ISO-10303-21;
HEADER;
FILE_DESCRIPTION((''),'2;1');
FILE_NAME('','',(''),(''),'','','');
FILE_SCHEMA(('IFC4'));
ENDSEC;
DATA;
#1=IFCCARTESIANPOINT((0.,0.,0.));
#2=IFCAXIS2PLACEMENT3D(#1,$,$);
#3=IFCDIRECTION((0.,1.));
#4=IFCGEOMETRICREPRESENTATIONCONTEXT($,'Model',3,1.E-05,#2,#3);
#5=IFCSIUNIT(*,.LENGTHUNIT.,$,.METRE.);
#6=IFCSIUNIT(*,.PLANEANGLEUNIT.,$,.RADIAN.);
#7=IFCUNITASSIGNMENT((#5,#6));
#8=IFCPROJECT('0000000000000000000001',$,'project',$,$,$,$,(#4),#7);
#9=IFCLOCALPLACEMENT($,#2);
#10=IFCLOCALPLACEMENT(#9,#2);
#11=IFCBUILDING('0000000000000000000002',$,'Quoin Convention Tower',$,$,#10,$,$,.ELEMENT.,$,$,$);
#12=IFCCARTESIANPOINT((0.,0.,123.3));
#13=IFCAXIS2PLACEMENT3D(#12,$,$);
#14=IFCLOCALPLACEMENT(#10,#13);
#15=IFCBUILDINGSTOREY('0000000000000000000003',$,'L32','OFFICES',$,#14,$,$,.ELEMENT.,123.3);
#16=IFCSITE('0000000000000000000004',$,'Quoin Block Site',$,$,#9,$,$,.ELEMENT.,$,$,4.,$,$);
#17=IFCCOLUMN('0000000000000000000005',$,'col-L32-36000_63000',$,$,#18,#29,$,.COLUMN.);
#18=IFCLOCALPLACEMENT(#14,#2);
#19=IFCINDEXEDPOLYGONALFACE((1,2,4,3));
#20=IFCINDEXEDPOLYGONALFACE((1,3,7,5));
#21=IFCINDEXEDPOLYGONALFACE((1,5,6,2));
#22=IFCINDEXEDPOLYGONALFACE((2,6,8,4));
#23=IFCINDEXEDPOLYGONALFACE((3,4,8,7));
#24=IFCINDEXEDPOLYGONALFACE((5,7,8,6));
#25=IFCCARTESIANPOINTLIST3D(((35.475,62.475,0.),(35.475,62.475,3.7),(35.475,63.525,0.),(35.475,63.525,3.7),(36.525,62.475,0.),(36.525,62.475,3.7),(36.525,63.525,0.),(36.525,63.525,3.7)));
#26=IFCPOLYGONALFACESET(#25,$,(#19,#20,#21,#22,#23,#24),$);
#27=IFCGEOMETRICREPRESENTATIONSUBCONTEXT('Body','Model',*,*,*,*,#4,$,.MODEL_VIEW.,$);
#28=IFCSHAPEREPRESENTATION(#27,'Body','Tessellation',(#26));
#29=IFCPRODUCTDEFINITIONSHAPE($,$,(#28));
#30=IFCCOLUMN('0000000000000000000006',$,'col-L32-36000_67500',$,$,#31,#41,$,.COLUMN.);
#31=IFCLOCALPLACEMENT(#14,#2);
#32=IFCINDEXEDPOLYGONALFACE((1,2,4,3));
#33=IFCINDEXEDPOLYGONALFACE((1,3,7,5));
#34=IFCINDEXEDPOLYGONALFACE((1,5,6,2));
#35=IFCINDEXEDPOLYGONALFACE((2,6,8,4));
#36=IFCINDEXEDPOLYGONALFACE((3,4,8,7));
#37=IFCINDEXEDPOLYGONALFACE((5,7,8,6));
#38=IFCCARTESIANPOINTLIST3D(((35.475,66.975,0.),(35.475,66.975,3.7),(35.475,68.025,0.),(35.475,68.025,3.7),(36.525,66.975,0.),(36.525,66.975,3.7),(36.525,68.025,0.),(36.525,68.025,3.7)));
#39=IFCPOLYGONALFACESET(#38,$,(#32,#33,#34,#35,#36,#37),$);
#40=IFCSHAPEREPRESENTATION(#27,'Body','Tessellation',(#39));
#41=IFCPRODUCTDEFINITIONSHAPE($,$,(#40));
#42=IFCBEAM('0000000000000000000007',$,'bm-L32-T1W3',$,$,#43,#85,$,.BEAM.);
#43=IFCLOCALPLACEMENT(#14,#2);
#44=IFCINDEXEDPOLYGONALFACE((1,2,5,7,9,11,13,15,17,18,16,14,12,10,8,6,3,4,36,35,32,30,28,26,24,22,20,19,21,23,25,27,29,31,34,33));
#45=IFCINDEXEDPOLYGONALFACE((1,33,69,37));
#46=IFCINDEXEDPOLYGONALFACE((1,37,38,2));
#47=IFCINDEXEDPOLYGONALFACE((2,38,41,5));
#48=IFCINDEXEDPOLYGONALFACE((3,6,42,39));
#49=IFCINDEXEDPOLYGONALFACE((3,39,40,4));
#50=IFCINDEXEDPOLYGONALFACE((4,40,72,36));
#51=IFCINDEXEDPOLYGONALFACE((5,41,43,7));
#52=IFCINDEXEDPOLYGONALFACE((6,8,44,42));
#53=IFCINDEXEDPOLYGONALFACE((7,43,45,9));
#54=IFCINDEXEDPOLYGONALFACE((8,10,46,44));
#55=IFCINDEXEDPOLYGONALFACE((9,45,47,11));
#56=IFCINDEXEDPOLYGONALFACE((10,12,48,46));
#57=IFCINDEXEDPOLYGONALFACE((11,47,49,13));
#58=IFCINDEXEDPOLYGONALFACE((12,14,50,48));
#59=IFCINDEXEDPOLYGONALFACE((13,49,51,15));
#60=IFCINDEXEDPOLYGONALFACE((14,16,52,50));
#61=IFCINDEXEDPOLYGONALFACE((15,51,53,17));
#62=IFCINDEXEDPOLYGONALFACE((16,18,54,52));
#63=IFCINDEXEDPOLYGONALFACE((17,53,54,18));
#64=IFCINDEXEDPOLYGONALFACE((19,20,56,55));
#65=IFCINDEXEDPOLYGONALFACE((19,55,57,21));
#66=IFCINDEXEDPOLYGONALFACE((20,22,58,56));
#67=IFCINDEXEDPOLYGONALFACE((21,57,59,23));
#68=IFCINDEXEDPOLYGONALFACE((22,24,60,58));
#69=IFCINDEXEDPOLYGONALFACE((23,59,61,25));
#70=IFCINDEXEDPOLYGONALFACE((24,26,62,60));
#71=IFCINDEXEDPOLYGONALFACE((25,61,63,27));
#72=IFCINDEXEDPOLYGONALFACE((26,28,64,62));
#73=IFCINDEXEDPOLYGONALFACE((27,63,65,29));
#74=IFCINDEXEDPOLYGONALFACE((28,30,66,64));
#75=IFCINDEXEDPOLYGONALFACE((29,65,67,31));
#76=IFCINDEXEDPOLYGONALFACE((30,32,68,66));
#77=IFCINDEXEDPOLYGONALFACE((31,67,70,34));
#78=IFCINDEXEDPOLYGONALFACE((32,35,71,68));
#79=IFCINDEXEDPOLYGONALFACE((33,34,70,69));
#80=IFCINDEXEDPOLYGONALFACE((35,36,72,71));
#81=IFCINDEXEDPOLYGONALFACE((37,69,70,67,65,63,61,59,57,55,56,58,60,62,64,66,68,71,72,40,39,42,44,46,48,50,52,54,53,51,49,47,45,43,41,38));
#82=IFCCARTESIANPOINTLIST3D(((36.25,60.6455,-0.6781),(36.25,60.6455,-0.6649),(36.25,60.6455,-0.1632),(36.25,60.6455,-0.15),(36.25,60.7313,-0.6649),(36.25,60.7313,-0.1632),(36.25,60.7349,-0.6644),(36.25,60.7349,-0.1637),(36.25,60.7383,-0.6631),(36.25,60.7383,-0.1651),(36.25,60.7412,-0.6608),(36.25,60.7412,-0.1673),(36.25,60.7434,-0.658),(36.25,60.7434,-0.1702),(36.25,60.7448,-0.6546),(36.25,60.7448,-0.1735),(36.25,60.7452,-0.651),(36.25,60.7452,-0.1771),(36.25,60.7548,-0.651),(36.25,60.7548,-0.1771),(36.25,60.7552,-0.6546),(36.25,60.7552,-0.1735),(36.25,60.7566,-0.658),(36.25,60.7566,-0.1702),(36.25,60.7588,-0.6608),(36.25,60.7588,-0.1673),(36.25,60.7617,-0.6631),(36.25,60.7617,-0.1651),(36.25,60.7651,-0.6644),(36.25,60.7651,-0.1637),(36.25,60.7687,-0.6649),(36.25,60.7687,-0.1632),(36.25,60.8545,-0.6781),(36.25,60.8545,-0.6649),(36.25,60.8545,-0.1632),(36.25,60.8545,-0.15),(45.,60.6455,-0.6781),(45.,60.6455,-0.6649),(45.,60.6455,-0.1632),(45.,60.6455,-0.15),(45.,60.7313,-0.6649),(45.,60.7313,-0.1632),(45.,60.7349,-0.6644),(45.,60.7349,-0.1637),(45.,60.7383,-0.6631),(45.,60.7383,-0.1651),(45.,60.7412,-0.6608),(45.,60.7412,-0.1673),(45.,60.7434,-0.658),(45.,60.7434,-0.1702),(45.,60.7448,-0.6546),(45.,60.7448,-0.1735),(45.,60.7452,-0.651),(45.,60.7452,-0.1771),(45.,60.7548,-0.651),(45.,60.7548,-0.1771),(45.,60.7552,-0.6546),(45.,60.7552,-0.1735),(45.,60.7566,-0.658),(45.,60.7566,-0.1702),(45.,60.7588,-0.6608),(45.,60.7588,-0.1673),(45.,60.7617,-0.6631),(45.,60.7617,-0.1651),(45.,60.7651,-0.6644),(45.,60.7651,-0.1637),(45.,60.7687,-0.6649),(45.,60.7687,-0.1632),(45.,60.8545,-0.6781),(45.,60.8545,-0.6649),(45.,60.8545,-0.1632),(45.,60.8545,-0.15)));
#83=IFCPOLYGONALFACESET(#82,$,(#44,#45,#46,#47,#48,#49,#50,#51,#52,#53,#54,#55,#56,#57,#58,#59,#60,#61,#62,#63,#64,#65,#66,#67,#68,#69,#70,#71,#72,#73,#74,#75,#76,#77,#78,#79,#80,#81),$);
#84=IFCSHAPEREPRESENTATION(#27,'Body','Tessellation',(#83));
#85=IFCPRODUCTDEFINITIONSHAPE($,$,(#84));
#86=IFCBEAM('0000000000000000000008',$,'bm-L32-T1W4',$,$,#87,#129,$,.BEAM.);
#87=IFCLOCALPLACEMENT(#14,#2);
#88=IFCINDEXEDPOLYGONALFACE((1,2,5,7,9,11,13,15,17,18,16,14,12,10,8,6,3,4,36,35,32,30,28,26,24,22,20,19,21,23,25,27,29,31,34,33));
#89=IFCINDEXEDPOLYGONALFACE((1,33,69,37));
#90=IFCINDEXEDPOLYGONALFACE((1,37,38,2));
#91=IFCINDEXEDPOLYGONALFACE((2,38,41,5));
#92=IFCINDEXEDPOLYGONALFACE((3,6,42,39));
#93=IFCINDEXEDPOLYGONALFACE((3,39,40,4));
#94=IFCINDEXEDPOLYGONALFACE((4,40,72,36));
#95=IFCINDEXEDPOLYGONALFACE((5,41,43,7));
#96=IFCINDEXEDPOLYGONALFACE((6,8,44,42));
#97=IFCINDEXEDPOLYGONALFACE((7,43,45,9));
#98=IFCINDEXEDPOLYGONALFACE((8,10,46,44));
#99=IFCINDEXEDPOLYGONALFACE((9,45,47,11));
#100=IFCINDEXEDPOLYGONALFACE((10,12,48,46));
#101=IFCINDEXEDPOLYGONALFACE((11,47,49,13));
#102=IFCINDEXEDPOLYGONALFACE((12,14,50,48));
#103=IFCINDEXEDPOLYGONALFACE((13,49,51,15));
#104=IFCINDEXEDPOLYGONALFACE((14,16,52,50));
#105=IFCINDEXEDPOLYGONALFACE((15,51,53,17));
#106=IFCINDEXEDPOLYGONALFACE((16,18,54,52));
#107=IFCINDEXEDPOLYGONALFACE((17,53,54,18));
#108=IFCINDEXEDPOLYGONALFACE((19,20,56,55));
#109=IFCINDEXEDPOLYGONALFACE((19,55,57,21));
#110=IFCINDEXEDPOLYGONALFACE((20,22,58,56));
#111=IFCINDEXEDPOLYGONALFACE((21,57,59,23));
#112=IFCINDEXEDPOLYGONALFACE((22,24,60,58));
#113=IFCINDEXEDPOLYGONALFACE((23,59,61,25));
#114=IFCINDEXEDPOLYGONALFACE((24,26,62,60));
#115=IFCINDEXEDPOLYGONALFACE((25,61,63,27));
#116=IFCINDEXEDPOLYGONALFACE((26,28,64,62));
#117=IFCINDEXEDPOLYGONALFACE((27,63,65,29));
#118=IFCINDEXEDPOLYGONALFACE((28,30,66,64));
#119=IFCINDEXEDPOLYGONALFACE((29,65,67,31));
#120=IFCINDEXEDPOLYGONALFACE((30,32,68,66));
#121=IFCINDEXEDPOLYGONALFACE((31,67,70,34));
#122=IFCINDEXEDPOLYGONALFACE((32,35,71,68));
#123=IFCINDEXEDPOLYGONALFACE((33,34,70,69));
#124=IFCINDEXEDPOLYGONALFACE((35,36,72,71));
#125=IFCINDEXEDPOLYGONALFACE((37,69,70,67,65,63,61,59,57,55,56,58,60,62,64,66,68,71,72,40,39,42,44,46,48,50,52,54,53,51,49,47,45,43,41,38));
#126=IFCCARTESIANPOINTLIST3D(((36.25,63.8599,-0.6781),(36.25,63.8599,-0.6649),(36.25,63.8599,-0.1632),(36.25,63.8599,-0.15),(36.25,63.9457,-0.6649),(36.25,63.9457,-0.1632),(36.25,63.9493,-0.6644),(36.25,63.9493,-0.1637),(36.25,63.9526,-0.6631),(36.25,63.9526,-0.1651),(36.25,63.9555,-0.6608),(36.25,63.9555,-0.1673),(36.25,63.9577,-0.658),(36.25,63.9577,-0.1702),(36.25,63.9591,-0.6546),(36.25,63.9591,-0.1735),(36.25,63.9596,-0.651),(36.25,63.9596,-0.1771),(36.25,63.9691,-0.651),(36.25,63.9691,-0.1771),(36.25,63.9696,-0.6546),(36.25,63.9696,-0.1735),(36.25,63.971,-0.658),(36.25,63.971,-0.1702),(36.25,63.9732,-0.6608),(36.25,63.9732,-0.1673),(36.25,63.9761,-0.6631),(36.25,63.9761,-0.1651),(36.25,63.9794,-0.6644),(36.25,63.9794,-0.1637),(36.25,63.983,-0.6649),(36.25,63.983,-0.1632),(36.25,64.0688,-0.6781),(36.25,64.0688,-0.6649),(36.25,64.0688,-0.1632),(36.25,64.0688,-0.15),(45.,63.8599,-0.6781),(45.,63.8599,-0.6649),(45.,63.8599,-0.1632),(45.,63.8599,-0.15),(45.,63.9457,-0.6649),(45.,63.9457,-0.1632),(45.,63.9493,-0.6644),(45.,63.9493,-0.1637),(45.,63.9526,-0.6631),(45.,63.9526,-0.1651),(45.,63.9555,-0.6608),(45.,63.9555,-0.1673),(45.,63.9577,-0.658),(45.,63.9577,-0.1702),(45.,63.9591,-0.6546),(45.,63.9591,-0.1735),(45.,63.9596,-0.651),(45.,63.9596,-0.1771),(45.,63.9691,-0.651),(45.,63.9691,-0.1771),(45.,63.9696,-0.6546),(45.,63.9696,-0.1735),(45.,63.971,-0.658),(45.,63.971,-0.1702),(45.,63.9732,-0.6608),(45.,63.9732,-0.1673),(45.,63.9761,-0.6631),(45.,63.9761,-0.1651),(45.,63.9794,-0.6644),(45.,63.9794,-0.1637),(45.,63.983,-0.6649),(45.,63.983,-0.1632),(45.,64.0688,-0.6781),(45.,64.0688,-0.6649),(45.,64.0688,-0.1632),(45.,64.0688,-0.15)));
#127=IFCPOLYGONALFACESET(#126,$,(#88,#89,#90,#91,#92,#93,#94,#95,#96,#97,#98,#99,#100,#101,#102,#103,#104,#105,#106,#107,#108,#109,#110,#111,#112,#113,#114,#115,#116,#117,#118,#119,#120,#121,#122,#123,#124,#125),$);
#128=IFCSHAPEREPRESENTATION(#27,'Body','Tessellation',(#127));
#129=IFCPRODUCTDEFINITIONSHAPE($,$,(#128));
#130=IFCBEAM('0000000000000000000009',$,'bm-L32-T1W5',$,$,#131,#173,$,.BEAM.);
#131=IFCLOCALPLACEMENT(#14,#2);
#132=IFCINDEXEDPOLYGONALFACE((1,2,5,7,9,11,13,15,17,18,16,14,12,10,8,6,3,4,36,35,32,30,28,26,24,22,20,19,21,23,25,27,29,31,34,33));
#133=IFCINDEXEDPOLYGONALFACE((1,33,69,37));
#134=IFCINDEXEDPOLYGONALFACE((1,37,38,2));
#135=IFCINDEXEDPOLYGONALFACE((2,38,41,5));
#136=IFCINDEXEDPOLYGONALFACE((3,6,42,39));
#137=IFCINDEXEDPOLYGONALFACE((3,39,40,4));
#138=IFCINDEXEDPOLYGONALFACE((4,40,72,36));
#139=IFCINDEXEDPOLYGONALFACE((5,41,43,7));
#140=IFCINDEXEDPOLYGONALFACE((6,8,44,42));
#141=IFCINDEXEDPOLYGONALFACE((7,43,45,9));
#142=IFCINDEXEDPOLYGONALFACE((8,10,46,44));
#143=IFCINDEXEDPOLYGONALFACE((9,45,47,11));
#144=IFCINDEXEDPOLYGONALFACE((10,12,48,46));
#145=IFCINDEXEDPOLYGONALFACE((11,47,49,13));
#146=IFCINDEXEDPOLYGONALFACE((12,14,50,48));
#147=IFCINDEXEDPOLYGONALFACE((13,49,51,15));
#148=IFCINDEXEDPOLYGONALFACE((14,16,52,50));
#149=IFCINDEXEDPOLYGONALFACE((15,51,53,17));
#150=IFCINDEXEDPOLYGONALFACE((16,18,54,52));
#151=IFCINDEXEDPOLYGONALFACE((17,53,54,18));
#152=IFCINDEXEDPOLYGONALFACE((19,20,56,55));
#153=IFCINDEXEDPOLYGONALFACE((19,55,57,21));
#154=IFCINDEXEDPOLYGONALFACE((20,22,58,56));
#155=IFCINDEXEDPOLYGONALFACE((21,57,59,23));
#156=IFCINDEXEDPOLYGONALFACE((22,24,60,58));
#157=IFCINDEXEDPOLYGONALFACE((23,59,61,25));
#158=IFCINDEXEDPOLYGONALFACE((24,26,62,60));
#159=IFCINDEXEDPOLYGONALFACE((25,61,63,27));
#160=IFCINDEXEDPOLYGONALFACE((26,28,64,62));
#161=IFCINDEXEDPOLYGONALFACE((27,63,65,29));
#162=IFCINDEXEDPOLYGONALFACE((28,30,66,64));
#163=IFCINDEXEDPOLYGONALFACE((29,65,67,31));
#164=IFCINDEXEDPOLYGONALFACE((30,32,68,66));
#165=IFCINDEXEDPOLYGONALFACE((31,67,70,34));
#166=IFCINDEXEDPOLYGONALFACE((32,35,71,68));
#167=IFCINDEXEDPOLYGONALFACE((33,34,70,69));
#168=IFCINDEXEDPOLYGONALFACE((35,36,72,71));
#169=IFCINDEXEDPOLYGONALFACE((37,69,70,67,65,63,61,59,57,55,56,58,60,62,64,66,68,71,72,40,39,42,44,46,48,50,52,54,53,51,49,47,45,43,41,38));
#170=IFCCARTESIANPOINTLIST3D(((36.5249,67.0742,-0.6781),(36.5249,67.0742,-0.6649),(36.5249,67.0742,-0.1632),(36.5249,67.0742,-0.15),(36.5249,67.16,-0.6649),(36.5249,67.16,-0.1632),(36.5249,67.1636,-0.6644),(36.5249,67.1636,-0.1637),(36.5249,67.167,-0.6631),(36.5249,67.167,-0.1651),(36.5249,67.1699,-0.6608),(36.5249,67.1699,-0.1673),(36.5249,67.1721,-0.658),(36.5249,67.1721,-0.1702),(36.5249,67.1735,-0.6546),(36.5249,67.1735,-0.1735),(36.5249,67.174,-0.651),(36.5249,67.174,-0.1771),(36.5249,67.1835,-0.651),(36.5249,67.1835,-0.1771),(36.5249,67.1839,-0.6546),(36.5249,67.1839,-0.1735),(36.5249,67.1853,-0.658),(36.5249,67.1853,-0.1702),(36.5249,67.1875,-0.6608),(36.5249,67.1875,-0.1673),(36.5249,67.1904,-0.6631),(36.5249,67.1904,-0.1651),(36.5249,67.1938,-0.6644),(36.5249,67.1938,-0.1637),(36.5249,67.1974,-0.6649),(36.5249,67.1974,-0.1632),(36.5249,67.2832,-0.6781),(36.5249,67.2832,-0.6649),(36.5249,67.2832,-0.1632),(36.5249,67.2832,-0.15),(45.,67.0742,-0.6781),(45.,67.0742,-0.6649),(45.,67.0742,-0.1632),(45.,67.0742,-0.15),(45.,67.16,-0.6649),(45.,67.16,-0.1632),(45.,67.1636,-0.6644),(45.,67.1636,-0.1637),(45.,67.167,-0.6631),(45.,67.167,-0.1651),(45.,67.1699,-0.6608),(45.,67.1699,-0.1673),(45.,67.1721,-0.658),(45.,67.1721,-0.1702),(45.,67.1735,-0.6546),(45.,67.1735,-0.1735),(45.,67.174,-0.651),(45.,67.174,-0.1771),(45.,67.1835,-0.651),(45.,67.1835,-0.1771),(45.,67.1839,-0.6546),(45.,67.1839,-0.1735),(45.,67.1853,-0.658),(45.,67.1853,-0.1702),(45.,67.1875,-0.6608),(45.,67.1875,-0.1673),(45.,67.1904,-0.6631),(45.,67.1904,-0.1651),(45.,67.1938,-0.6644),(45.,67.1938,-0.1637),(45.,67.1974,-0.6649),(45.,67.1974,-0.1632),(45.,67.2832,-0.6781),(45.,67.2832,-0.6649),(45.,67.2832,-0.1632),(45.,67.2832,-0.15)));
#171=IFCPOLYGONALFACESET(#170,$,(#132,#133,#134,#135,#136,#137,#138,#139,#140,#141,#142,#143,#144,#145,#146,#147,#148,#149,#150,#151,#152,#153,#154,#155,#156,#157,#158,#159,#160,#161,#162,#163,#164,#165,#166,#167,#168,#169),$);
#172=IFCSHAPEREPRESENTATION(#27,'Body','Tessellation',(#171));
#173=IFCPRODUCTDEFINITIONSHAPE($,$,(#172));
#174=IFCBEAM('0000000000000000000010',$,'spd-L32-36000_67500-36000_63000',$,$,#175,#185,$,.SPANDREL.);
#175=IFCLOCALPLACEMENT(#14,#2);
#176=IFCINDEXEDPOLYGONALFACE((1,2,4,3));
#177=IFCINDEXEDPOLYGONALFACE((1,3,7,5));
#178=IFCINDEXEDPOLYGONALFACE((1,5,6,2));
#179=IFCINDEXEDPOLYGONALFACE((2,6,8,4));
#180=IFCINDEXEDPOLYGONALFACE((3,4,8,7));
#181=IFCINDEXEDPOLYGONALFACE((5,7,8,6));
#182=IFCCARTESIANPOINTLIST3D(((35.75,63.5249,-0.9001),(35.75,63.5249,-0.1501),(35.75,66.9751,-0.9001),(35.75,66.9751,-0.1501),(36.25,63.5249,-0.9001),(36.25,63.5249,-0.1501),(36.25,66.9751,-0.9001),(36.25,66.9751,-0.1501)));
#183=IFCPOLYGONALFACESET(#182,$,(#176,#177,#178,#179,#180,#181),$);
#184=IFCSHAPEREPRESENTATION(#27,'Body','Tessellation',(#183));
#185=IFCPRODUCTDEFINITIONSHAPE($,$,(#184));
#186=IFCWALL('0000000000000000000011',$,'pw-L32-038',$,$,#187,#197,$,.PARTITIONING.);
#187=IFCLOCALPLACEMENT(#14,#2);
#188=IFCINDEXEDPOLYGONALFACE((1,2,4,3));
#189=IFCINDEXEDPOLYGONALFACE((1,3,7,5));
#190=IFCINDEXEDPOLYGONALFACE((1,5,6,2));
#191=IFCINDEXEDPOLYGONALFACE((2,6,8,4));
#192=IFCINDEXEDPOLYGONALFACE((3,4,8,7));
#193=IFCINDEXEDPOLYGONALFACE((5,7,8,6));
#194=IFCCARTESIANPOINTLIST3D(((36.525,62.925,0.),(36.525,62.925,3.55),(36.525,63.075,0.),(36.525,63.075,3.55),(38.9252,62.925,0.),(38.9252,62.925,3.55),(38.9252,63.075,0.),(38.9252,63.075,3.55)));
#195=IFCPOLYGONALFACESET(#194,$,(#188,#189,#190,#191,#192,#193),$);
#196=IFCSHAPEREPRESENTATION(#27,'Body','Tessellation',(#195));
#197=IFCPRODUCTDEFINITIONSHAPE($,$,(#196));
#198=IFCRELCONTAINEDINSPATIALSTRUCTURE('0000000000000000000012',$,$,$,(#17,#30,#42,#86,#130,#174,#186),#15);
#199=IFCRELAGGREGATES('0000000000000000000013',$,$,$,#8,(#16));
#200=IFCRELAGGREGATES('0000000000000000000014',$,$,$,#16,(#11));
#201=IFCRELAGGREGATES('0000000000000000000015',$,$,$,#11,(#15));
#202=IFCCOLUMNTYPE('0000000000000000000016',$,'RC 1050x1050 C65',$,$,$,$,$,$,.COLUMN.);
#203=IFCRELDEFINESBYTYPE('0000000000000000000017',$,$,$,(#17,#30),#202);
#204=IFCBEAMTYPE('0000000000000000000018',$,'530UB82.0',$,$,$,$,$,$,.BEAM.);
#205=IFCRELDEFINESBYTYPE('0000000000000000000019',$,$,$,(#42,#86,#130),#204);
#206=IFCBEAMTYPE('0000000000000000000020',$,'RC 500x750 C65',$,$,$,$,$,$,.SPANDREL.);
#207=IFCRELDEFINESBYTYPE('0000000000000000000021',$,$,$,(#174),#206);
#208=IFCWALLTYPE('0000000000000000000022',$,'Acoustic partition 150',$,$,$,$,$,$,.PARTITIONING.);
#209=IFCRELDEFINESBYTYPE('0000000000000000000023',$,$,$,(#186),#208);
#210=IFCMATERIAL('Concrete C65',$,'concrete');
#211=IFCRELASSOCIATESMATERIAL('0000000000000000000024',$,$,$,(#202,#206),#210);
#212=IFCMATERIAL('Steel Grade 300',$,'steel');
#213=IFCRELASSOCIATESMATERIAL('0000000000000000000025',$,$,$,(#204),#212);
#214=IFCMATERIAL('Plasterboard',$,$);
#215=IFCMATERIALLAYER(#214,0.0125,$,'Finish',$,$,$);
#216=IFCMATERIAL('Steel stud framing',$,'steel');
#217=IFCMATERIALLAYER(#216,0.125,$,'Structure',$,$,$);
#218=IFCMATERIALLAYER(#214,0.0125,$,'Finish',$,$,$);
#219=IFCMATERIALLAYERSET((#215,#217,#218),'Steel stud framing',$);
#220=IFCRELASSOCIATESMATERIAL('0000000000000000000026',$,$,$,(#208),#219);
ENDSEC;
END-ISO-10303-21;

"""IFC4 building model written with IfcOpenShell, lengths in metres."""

from ifc_helpers import new_model, si_unit, direction, frame, frame_2d, origin, origin_2d, place, context, subcontext, project, spatial, rectangle, i_section, extrude, material, layer, layer_set, material_profile, profile_set, type_object, element, save


model = new_model("IFC4")

# Units and contexts
model_context = context("Model", 3, precision=1e-05, world=origin(), true_north=direction((0.0, 1.0)))
body_context = subcontext(model_context, "Body", "Model", "MODEL_VIEW")
ifc_project = project(units=[si_unit("LENGTHUNIT", "METRE"), si_unit("PLANEANGLEUNIT", "RADIAN")], contexts=[model_context])

# Site, building, storey
site_placement = place(None, origin())
site = spatial("IfcSite", under=ifc_project, at=site_placement, Name="Quoin Block Site", CompositionType="ELEMENT", RefElevation=4.0)
building_placement = place(site_placement, origin())
building = spatial("IfcBuilding", under=site, at=building_placement, Name="Quoin Convention Tower", CompositionType="ELEMENT")
storey_placement = place(building_placement, frame((0.0, 0.0, 123.3)))
storey = spatial("IfcBuildingStorey", under=building, at=storey_placement, Name="L32", Description="OFFICES", CompositionType="ELEMENT", Elevation=123.3)

# Columns
ifc_material_1 = material(Name="Concrete C65", Category="concrete")
ifc_material_profile_1 = material_profile(ifc_material_1, rectangle(XDim=1.05, YDim=1.05, at=origin_2d()), Name="RC 1050x1050")
ifc_profile_set_1 = profile_set([ifc_material_profile_1], Name="Concrete C65")
column_type = type_object("IfcColumnType", Name="RC 1050x1050 C65", PredefinedType="COLUMN", material=ifc_profile_set_1)
for number, where, z_axis, x_axis, name in (
    (1, (36.0, 63.0, 0.0), (0.0, 0.0, 1.0), (1.0, 0.0, 0.0), "col-L32-36000_63000"),
    (2, (36.0, 67.5, 0.0), (0.0, 0.0, 1.0), (1.0, 0.0, 0.0), "col-L32-36000_67500"),
):
    element("IfcColumn", number, at=place(storey_placement, frame(where, z_axis=z_axis, x_axis=x_axis)), inside=storey, type_object=column_type, Name=name, PredefinedType="COLUMN", context=body_context, shape_type="SweptSolid", body=[
        extrude(rectangle(XDim=1.05, YDim=1.05, at=origin_2d()), origin(), (0.0, 0.0, 1.0), 3.7),
    ])

# Beams
ifc_material_2 = material(Name="Steel Grade 300", Category="steel")
ifc_material_profile_2 = material_profile(ifc_material_2, i_section(OverallWidth=0.209, OverallDepth=0.5281, WebThickness=0.0095, FlangeThickness=0.0132, FilletRadius=0.0139, at=origin_2d()), Name="530UB82.0")
ifc_profile_set_2 = profile_set([ifc_material_profile_2], Name="Steel Grade 300")
beam_type_1 = type_object("IfcBeamType", Name="530UB82.0", PredefinedType="BEAM", material=ifc_profile_set_2)
for number, where, z_axis, x_axis, name in (
    (3, (36.25, 60.75, -0.4141), (1.0, 0.0, 0.0), (0.0, 1.0, 0.0), "bm-L32-T1W3"),
    (4, (36.25, 63.9644, -0.4141), (1.0, 0.0, 0.0), (0.0, 1.0, 0.0), "bm-L32-T1W4"),
):
    element("IfcBeam", number, at=place(storey_placement, frame(where, z_axis=z_axis, x_axis=x_axis)), inside=storey, type_object=beam_type_1, Name=name, PredefinedType="BEAM", context=body_context, shape_type="SweptSolid", body=[
        extrude(i_section(OverallWidth=0.209, OverallDepth=0.5281, WebThickness=0.0095, FlangeThickness=0.0132, FilletRadius=0.0139, at=origin_2d()), origin(), (0.0, 0.0, 1.0), 8.75),
    ])
beam_1_placement = place(storey_placement, frame((36.5249, 67.1787, -0.4141), z_axis=(1.0, 0.0, 0.0), x_axis=(0.0, 1.0, 0.0)))
element("IfcBeam", 5, at=beam_1_placement, inside=storey, type_object=beam_type_1, Name="bm-L32-T1W5", PredefinedType="BEAM", context=body_context, shape_type="SweptSolid", body=[
    extrude(i_section(OverallWidth=0.209, OverallDepth=0.5281, WebThickness=0.0095, FlangeThickness=0.0132, FilletRadius=0.0139, at=origin_2d()), origin(), (0.0, 0.0, 1.0), 8.4751),
])
ifc_material_profile_3 = material_profile(ifc_material_1, rectangle(XDim=0.5, YDim=0.75, at=origin_2d()), Name="RC 500x750")
ifc_profile_set_3 = profile_set([ifc_material_profile_3], Name="Concrete C65")
beam_type_2 = type_object("IfcBeamType", Name="RC 500x750 C65", PredefinedType="SPANDREL", material=ifc_profile_set_3)
beam_2_placement = place(storey_placement, frame((36.0, 66.9751, -0.5251), z_axis=(0.0, -1.0, 0.0), x_axis=(1.0, 0.0, 0.0)))
element("IfcBeam", 6, at=beam_2_placement, inside=storey, type_object=beam_type_2, Name="spd-L32-36000_67500-36000_63000", PredefinedType="SPANDREL", context=body_context, shape_type="SweptSolid", body=[
    extrude(rectangle(XDim=0.5, YDim=0.75, at=origin_2d()), origin(), (0.0, 0.0, 1.0), 3.4502),
])

# Wall
ifc_material_3 = material(Name="Plasterboard")
ifc_layer_1 = layer(ifc_material_3, 0.0125, Name="Finish")
ifc_material_4 = material(Name="Steel stud framing", Category="steel")
ifc_layer_2 = layer(ifc_material_4, 0.125, Name="Structure")
ifc_layer_3 = layer(ifc_material_3, 0.0125, Name="Finish")
ifc_layer_set_1 = layer_set([ifc_layer_1, ifc_layer_2, ifc_layer_3], Name="Steel stud framing")
wall_type_1 = type_object("IfcWallType", Name="Acoustic partition 150", PredefinedType="PARTITIONING", material=ifc_layer_set_1)
wall_1_placement = place(storey_placement, frame((36.5249, 63.0, 0.0), z_axis=(0.0, 0.0, 1.0), x_axis=(1.0, 0.0, 0.0)))
element("IfcWall", 7, at=wall_1_placement, inside=storey, type_object=wall_type_1, Name="pw-L32-038", PredefinedType="PARTITIONING", context=body_context, shape_type="SweptSolid", body=[
    extrude(rectangle(XDim=2.4001, YDim=0.1499, at=frame_2d((1.2002, 0.0))), origin(), (0.0, 0.0, 1.0), 3.55),
])

save(model, "model.ifc")
